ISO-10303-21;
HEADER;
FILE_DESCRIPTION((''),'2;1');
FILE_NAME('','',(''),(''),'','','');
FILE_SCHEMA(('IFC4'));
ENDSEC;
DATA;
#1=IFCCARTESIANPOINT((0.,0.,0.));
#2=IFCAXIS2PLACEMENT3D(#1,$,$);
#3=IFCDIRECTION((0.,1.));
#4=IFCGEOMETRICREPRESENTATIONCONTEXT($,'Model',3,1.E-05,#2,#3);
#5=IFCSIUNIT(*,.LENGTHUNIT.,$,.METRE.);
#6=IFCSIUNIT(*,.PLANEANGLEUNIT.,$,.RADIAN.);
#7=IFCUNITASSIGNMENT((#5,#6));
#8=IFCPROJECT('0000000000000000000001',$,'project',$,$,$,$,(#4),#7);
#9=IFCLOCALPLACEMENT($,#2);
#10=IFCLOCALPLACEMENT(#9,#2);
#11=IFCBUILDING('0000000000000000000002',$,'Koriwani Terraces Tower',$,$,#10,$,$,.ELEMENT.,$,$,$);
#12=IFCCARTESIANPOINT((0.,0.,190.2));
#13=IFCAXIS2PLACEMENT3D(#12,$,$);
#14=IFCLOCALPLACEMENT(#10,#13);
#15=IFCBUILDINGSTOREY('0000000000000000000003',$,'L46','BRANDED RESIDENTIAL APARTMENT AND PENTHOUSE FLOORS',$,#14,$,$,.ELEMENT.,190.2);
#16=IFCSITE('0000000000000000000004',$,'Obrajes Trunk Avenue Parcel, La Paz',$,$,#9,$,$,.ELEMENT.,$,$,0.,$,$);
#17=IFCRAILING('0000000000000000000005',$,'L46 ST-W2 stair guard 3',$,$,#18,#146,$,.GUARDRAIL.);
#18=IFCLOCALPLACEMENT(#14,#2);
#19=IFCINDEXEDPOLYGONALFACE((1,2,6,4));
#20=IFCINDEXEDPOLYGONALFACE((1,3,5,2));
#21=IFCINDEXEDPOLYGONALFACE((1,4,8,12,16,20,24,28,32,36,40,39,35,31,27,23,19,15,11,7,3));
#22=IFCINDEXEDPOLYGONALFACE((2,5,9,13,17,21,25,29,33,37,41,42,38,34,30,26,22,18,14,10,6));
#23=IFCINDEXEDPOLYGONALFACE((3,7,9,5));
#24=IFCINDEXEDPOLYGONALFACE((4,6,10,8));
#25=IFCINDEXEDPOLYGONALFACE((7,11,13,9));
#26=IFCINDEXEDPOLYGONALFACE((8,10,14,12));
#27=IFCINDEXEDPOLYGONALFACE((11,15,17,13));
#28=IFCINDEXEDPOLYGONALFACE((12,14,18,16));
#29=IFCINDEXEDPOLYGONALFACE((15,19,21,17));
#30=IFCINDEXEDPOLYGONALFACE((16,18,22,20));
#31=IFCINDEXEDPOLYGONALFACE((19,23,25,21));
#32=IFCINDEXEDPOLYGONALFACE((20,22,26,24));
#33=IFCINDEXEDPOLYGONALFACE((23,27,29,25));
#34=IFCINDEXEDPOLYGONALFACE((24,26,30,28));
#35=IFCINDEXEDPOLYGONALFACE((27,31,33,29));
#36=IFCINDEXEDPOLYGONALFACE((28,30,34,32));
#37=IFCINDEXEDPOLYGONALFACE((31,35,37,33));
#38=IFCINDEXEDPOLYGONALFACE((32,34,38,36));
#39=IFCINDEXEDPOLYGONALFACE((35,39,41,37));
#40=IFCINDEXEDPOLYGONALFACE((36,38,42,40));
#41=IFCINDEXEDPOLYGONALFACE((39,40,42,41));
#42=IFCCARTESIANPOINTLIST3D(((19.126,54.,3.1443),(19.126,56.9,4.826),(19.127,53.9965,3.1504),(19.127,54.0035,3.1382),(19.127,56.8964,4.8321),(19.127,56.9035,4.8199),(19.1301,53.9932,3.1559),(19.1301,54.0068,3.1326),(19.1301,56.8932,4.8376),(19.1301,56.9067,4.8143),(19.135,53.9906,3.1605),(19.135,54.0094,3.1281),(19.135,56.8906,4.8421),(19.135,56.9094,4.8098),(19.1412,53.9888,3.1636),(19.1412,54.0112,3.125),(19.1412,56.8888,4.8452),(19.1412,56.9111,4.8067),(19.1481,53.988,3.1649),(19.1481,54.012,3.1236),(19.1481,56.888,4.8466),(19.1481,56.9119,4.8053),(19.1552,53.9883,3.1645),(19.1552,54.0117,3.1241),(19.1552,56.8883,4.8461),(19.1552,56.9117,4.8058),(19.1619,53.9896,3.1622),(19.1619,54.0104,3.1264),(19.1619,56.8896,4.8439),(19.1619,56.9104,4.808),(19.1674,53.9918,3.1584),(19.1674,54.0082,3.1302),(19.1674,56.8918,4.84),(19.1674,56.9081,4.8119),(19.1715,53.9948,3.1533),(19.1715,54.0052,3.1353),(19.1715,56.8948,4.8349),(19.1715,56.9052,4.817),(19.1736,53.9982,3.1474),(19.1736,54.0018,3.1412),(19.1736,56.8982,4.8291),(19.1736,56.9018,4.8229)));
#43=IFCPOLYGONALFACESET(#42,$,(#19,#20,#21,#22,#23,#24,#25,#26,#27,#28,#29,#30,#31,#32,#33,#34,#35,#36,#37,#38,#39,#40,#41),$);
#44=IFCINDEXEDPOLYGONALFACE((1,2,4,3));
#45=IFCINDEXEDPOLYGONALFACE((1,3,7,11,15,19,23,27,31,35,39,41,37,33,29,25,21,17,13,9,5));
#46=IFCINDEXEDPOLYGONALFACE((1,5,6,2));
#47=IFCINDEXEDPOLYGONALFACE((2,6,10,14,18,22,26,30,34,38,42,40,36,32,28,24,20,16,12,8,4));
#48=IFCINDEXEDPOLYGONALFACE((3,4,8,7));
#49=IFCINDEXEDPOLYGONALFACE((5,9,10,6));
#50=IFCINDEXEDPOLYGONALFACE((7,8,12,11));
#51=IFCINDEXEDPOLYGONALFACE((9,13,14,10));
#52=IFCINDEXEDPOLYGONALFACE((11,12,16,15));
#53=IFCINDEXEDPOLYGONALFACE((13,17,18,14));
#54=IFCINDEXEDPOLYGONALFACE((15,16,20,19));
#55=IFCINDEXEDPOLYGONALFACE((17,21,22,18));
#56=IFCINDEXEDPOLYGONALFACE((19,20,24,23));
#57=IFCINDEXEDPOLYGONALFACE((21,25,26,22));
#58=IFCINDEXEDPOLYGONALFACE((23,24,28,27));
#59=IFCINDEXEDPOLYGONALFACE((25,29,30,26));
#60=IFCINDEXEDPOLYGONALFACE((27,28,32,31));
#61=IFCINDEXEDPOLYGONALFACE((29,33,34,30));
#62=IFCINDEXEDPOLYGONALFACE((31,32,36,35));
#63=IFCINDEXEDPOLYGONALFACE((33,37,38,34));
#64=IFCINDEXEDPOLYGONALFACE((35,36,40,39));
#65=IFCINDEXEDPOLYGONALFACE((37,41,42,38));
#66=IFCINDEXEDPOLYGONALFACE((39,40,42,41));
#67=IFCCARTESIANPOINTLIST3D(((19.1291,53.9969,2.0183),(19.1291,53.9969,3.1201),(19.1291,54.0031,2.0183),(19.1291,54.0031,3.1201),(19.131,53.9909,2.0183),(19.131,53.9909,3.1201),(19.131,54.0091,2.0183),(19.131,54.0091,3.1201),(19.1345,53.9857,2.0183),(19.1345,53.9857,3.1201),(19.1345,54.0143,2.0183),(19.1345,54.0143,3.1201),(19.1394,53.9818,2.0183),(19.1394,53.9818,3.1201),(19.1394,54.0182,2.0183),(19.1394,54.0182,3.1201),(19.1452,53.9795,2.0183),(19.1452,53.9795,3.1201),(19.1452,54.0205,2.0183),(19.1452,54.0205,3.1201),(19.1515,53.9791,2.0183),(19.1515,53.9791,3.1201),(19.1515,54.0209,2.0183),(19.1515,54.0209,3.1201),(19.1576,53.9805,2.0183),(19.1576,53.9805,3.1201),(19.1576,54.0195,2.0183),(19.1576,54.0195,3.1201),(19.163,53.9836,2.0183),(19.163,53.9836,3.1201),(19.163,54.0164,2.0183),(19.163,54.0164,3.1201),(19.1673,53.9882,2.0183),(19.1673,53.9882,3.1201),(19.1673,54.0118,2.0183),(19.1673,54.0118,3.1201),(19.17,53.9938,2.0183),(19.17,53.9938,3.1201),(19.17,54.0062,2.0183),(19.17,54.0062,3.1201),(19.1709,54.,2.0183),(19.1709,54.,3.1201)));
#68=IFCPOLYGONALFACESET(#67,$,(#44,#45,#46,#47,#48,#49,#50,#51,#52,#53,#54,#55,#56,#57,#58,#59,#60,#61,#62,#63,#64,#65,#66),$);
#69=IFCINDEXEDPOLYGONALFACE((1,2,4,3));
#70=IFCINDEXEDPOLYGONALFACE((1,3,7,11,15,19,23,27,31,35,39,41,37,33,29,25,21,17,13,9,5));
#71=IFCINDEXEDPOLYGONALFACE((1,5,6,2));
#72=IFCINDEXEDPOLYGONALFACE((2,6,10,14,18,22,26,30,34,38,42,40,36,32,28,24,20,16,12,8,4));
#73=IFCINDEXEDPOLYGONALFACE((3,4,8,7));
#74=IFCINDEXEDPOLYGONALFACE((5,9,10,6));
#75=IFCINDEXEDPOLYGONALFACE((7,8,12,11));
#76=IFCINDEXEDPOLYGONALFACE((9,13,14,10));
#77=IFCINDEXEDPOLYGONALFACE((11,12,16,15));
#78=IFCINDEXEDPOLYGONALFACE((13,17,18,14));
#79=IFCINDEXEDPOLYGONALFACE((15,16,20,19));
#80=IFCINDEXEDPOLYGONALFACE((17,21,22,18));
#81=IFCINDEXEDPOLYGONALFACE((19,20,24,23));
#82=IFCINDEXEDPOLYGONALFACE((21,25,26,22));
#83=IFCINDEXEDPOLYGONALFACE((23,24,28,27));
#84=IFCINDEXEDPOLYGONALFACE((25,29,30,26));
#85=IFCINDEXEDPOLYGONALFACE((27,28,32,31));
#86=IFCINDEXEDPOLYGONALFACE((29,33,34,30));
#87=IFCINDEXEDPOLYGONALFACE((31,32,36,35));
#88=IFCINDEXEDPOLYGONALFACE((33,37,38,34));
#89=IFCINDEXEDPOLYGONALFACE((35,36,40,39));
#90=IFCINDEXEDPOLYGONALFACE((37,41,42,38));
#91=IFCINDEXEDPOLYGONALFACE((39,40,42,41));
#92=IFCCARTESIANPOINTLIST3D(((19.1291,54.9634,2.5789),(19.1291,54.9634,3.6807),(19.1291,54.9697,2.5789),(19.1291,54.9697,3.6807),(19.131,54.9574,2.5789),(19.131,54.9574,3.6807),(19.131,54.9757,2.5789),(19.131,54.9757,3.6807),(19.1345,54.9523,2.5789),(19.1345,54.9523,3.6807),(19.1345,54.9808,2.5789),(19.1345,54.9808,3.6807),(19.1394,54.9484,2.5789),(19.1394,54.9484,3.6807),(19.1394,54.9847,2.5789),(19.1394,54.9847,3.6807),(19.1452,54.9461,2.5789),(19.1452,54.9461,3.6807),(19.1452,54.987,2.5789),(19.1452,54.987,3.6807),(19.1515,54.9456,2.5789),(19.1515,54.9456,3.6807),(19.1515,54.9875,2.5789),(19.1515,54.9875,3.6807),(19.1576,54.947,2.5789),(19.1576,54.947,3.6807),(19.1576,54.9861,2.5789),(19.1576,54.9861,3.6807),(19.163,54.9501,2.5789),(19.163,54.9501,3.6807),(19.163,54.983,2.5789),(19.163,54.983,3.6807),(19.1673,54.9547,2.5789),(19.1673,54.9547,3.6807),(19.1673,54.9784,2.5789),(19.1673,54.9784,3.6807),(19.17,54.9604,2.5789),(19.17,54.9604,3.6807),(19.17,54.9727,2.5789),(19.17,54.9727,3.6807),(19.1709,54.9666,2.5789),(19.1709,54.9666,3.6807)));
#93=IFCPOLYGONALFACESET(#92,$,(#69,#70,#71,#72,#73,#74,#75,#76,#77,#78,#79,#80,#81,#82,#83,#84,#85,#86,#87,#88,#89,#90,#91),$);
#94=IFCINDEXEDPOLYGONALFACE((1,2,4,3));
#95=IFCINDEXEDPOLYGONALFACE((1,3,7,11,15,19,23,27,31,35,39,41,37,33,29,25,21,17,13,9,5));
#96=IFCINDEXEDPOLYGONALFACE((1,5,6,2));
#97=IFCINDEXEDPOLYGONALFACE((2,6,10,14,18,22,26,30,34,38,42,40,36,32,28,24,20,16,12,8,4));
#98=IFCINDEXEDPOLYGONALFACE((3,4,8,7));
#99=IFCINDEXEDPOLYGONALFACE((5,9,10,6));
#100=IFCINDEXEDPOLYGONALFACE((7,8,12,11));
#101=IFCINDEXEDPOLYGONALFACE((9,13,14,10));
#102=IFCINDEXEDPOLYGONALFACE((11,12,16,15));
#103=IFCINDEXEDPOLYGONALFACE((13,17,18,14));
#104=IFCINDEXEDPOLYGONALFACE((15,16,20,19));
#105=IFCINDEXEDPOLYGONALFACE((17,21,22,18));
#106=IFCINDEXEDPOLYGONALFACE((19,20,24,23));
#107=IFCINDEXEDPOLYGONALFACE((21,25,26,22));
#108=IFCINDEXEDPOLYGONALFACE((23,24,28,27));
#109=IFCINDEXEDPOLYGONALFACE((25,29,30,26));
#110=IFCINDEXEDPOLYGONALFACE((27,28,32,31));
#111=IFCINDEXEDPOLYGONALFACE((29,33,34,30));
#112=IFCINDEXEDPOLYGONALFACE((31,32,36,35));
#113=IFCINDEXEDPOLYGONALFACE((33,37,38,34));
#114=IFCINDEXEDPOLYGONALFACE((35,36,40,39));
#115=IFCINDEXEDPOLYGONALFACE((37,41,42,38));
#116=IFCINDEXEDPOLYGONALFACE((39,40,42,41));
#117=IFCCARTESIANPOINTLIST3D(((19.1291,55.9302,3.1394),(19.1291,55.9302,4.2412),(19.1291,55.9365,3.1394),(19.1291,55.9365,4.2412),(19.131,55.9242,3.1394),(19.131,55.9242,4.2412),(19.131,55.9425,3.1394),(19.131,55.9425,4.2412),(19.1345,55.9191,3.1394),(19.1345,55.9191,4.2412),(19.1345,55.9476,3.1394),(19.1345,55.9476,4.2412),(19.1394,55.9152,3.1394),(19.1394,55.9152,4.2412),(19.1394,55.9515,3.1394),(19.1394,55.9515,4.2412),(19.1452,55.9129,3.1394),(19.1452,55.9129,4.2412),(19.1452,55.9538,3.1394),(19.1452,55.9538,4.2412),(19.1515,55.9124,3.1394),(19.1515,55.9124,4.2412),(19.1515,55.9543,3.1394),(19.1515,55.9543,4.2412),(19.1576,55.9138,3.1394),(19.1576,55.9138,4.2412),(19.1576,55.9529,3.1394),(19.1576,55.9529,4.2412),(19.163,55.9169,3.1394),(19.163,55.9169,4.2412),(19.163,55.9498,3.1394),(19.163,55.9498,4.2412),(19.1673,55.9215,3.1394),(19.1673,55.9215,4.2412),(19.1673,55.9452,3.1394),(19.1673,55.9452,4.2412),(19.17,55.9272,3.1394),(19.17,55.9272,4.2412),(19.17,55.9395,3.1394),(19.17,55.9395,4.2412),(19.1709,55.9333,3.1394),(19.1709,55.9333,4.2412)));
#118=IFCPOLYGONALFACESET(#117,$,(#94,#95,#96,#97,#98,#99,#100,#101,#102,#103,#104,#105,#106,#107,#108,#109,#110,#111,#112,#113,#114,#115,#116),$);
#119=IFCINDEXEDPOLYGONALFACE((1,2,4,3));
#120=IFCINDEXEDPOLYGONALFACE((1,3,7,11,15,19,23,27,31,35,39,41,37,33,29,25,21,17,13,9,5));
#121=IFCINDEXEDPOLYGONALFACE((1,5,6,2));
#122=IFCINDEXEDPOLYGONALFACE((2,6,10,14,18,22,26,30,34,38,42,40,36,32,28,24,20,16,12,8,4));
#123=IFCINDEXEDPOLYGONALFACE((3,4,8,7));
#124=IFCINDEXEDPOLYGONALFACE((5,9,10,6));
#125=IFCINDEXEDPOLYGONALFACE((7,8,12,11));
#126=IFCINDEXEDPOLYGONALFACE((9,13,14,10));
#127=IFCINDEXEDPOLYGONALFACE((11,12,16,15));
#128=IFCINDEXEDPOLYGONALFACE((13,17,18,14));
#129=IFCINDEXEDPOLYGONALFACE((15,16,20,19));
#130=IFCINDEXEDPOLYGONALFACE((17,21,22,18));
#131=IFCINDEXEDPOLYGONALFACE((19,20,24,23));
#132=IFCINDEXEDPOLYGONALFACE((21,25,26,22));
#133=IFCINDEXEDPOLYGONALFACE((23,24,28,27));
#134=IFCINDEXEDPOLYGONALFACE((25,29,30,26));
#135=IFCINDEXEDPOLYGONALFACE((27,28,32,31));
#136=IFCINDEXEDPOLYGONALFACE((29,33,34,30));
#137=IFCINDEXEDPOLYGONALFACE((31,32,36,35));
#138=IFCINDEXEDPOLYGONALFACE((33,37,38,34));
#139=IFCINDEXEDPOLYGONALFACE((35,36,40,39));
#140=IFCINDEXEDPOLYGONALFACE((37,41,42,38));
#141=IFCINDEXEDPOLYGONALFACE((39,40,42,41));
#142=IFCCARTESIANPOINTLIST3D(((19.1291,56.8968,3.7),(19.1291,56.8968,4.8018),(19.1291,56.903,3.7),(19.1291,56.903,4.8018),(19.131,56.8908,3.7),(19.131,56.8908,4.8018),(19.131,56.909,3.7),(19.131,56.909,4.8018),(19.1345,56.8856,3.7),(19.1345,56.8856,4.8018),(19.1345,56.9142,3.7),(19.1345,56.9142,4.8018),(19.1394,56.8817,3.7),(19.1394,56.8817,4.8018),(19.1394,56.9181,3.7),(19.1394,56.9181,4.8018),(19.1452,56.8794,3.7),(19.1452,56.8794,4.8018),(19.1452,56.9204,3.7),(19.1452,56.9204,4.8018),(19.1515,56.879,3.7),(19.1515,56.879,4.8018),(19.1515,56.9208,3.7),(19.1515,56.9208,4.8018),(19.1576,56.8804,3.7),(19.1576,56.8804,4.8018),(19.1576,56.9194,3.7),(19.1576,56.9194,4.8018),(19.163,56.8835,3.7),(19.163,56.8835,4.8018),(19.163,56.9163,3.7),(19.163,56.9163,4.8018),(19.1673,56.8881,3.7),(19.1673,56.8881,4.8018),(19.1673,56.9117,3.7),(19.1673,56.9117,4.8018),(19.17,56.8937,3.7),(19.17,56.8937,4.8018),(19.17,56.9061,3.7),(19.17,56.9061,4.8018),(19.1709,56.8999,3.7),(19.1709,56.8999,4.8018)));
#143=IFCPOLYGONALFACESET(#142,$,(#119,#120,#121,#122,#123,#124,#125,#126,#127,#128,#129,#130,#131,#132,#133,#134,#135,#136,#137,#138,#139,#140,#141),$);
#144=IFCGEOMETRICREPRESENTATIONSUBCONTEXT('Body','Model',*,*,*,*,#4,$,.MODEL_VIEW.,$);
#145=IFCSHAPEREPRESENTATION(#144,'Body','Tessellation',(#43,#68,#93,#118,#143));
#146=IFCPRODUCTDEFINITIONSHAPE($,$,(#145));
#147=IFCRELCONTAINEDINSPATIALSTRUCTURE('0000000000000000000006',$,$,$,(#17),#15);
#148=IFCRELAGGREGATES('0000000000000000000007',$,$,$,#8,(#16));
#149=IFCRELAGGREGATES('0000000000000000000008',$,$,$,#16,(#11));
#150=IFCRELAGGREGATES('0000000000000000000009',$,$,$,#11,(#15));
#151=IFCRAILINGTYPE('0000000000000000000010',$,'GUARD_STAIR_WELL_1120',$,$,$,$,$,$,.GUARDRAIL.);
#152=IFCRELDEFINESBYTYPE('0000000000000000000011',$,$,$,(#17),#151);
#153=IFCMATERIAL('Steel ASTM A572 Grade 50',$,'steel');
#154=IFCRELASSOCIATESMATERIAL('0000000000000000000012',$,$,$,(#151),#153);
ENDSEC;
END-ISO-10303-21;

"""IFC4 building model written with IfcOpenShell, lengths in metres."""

from ifc_helpers import new_model, si_unit, direction, frame, origin, origin_2d, place, context, subcontext, project, spatial, circle, extrude, material, type_object, element, save


model = new_model("IFC4")

# Units and contexts
model_context = context("Model", 3, precision=1e-05, world=origin(), true_north=direction((0.0, 1.0)))
body_context = subcontext(model_context, "Body", "Model", "MODEL_VIEW")
ifc_project = project(units=[si_unit("LENGTHUNIT", "METRE"), si_unit("PLANEANGLEUNIT", "RADIAN")], contexts=[model_context])

# Site, building, storey
site_placement = place(None, origin())
site = spatial("IfcSite", under=ifc_project, at=site_placement, Name="Obrajes Trunk Avenue Parcel, La Paz", CompositionType="ELEMENT", RefElevation=0.0)
building_placement = place(site_placement, origin())
building = spatial("IfcBuilding", under=site, at=building_placement, Name="Koriwani Terraces Tower", CompositionType="ELEMENT")
storey_placement = place(building_placement, frame((0.0, 0.0, 190.2)))
storey = spatial("IfcBuildingStorey", under=building, at=storey_placement, Name="L46", Description="BRANDED RESIDENTIAL APARTMENT AND PENTHOUSE FLOORS", CompositionType="ELEMENT", Elevation=190.2)

# Shared definitions
ifc_material_1 = material(Name="Steel ASTM A572 Grade 50", Category="steel")

# Railing
railing_type_1 = type_object("IfcRailingType", Name="GUARD_STAIR_WELL_1120", PredefinedType="GUARDRAIL", material=ifc_material_1)
railing_1_placement = place(storey_placement, frame((19.1499, 54.0, 2.0183)))
element("IfcRailing", 1, at=railing_1_placement, inside=storey, type_object=railing_type_1, Name="L46 ST-W2 stair guard 3", PredefinedType="GUARDRAIL", context=body_context, shape_type="SweptSolid", body=[
    extrude(circle(Radius=0.0239, at=origin_2d()), frame((0.0, 0.0, 1.126), z_axis=(0.0, 0.86507, 0.501651), x_axis=(-1.0, 0.0, 0.0)), (0.0, 0.0, 1.0), 3.3523),
    extrude(circle(Radius=0.021, at=origin_2d()), origin(), (0.0, 0.0, 1.0), 1.1018),
    extrude(circle(Radius=0.021, at=origin_2d()), frame((0.0, 0.9666, 0.5605)), (0.0, 0.0, 1.0), 1.1018),
    extrude(circle(Radius=0.021, at=origin_2d()), frame((0.0, 1.9333, 1.1211)), (0.0, 0.0, 1.0), 1.1018),
    extrude(circle(Radius=0.021, at=origin_2d()), frame((0.0, 2.8999, 1.6816)), (0.0, 0.0, 1.0), 1.1018),
])

save(model, "model.ifc")
